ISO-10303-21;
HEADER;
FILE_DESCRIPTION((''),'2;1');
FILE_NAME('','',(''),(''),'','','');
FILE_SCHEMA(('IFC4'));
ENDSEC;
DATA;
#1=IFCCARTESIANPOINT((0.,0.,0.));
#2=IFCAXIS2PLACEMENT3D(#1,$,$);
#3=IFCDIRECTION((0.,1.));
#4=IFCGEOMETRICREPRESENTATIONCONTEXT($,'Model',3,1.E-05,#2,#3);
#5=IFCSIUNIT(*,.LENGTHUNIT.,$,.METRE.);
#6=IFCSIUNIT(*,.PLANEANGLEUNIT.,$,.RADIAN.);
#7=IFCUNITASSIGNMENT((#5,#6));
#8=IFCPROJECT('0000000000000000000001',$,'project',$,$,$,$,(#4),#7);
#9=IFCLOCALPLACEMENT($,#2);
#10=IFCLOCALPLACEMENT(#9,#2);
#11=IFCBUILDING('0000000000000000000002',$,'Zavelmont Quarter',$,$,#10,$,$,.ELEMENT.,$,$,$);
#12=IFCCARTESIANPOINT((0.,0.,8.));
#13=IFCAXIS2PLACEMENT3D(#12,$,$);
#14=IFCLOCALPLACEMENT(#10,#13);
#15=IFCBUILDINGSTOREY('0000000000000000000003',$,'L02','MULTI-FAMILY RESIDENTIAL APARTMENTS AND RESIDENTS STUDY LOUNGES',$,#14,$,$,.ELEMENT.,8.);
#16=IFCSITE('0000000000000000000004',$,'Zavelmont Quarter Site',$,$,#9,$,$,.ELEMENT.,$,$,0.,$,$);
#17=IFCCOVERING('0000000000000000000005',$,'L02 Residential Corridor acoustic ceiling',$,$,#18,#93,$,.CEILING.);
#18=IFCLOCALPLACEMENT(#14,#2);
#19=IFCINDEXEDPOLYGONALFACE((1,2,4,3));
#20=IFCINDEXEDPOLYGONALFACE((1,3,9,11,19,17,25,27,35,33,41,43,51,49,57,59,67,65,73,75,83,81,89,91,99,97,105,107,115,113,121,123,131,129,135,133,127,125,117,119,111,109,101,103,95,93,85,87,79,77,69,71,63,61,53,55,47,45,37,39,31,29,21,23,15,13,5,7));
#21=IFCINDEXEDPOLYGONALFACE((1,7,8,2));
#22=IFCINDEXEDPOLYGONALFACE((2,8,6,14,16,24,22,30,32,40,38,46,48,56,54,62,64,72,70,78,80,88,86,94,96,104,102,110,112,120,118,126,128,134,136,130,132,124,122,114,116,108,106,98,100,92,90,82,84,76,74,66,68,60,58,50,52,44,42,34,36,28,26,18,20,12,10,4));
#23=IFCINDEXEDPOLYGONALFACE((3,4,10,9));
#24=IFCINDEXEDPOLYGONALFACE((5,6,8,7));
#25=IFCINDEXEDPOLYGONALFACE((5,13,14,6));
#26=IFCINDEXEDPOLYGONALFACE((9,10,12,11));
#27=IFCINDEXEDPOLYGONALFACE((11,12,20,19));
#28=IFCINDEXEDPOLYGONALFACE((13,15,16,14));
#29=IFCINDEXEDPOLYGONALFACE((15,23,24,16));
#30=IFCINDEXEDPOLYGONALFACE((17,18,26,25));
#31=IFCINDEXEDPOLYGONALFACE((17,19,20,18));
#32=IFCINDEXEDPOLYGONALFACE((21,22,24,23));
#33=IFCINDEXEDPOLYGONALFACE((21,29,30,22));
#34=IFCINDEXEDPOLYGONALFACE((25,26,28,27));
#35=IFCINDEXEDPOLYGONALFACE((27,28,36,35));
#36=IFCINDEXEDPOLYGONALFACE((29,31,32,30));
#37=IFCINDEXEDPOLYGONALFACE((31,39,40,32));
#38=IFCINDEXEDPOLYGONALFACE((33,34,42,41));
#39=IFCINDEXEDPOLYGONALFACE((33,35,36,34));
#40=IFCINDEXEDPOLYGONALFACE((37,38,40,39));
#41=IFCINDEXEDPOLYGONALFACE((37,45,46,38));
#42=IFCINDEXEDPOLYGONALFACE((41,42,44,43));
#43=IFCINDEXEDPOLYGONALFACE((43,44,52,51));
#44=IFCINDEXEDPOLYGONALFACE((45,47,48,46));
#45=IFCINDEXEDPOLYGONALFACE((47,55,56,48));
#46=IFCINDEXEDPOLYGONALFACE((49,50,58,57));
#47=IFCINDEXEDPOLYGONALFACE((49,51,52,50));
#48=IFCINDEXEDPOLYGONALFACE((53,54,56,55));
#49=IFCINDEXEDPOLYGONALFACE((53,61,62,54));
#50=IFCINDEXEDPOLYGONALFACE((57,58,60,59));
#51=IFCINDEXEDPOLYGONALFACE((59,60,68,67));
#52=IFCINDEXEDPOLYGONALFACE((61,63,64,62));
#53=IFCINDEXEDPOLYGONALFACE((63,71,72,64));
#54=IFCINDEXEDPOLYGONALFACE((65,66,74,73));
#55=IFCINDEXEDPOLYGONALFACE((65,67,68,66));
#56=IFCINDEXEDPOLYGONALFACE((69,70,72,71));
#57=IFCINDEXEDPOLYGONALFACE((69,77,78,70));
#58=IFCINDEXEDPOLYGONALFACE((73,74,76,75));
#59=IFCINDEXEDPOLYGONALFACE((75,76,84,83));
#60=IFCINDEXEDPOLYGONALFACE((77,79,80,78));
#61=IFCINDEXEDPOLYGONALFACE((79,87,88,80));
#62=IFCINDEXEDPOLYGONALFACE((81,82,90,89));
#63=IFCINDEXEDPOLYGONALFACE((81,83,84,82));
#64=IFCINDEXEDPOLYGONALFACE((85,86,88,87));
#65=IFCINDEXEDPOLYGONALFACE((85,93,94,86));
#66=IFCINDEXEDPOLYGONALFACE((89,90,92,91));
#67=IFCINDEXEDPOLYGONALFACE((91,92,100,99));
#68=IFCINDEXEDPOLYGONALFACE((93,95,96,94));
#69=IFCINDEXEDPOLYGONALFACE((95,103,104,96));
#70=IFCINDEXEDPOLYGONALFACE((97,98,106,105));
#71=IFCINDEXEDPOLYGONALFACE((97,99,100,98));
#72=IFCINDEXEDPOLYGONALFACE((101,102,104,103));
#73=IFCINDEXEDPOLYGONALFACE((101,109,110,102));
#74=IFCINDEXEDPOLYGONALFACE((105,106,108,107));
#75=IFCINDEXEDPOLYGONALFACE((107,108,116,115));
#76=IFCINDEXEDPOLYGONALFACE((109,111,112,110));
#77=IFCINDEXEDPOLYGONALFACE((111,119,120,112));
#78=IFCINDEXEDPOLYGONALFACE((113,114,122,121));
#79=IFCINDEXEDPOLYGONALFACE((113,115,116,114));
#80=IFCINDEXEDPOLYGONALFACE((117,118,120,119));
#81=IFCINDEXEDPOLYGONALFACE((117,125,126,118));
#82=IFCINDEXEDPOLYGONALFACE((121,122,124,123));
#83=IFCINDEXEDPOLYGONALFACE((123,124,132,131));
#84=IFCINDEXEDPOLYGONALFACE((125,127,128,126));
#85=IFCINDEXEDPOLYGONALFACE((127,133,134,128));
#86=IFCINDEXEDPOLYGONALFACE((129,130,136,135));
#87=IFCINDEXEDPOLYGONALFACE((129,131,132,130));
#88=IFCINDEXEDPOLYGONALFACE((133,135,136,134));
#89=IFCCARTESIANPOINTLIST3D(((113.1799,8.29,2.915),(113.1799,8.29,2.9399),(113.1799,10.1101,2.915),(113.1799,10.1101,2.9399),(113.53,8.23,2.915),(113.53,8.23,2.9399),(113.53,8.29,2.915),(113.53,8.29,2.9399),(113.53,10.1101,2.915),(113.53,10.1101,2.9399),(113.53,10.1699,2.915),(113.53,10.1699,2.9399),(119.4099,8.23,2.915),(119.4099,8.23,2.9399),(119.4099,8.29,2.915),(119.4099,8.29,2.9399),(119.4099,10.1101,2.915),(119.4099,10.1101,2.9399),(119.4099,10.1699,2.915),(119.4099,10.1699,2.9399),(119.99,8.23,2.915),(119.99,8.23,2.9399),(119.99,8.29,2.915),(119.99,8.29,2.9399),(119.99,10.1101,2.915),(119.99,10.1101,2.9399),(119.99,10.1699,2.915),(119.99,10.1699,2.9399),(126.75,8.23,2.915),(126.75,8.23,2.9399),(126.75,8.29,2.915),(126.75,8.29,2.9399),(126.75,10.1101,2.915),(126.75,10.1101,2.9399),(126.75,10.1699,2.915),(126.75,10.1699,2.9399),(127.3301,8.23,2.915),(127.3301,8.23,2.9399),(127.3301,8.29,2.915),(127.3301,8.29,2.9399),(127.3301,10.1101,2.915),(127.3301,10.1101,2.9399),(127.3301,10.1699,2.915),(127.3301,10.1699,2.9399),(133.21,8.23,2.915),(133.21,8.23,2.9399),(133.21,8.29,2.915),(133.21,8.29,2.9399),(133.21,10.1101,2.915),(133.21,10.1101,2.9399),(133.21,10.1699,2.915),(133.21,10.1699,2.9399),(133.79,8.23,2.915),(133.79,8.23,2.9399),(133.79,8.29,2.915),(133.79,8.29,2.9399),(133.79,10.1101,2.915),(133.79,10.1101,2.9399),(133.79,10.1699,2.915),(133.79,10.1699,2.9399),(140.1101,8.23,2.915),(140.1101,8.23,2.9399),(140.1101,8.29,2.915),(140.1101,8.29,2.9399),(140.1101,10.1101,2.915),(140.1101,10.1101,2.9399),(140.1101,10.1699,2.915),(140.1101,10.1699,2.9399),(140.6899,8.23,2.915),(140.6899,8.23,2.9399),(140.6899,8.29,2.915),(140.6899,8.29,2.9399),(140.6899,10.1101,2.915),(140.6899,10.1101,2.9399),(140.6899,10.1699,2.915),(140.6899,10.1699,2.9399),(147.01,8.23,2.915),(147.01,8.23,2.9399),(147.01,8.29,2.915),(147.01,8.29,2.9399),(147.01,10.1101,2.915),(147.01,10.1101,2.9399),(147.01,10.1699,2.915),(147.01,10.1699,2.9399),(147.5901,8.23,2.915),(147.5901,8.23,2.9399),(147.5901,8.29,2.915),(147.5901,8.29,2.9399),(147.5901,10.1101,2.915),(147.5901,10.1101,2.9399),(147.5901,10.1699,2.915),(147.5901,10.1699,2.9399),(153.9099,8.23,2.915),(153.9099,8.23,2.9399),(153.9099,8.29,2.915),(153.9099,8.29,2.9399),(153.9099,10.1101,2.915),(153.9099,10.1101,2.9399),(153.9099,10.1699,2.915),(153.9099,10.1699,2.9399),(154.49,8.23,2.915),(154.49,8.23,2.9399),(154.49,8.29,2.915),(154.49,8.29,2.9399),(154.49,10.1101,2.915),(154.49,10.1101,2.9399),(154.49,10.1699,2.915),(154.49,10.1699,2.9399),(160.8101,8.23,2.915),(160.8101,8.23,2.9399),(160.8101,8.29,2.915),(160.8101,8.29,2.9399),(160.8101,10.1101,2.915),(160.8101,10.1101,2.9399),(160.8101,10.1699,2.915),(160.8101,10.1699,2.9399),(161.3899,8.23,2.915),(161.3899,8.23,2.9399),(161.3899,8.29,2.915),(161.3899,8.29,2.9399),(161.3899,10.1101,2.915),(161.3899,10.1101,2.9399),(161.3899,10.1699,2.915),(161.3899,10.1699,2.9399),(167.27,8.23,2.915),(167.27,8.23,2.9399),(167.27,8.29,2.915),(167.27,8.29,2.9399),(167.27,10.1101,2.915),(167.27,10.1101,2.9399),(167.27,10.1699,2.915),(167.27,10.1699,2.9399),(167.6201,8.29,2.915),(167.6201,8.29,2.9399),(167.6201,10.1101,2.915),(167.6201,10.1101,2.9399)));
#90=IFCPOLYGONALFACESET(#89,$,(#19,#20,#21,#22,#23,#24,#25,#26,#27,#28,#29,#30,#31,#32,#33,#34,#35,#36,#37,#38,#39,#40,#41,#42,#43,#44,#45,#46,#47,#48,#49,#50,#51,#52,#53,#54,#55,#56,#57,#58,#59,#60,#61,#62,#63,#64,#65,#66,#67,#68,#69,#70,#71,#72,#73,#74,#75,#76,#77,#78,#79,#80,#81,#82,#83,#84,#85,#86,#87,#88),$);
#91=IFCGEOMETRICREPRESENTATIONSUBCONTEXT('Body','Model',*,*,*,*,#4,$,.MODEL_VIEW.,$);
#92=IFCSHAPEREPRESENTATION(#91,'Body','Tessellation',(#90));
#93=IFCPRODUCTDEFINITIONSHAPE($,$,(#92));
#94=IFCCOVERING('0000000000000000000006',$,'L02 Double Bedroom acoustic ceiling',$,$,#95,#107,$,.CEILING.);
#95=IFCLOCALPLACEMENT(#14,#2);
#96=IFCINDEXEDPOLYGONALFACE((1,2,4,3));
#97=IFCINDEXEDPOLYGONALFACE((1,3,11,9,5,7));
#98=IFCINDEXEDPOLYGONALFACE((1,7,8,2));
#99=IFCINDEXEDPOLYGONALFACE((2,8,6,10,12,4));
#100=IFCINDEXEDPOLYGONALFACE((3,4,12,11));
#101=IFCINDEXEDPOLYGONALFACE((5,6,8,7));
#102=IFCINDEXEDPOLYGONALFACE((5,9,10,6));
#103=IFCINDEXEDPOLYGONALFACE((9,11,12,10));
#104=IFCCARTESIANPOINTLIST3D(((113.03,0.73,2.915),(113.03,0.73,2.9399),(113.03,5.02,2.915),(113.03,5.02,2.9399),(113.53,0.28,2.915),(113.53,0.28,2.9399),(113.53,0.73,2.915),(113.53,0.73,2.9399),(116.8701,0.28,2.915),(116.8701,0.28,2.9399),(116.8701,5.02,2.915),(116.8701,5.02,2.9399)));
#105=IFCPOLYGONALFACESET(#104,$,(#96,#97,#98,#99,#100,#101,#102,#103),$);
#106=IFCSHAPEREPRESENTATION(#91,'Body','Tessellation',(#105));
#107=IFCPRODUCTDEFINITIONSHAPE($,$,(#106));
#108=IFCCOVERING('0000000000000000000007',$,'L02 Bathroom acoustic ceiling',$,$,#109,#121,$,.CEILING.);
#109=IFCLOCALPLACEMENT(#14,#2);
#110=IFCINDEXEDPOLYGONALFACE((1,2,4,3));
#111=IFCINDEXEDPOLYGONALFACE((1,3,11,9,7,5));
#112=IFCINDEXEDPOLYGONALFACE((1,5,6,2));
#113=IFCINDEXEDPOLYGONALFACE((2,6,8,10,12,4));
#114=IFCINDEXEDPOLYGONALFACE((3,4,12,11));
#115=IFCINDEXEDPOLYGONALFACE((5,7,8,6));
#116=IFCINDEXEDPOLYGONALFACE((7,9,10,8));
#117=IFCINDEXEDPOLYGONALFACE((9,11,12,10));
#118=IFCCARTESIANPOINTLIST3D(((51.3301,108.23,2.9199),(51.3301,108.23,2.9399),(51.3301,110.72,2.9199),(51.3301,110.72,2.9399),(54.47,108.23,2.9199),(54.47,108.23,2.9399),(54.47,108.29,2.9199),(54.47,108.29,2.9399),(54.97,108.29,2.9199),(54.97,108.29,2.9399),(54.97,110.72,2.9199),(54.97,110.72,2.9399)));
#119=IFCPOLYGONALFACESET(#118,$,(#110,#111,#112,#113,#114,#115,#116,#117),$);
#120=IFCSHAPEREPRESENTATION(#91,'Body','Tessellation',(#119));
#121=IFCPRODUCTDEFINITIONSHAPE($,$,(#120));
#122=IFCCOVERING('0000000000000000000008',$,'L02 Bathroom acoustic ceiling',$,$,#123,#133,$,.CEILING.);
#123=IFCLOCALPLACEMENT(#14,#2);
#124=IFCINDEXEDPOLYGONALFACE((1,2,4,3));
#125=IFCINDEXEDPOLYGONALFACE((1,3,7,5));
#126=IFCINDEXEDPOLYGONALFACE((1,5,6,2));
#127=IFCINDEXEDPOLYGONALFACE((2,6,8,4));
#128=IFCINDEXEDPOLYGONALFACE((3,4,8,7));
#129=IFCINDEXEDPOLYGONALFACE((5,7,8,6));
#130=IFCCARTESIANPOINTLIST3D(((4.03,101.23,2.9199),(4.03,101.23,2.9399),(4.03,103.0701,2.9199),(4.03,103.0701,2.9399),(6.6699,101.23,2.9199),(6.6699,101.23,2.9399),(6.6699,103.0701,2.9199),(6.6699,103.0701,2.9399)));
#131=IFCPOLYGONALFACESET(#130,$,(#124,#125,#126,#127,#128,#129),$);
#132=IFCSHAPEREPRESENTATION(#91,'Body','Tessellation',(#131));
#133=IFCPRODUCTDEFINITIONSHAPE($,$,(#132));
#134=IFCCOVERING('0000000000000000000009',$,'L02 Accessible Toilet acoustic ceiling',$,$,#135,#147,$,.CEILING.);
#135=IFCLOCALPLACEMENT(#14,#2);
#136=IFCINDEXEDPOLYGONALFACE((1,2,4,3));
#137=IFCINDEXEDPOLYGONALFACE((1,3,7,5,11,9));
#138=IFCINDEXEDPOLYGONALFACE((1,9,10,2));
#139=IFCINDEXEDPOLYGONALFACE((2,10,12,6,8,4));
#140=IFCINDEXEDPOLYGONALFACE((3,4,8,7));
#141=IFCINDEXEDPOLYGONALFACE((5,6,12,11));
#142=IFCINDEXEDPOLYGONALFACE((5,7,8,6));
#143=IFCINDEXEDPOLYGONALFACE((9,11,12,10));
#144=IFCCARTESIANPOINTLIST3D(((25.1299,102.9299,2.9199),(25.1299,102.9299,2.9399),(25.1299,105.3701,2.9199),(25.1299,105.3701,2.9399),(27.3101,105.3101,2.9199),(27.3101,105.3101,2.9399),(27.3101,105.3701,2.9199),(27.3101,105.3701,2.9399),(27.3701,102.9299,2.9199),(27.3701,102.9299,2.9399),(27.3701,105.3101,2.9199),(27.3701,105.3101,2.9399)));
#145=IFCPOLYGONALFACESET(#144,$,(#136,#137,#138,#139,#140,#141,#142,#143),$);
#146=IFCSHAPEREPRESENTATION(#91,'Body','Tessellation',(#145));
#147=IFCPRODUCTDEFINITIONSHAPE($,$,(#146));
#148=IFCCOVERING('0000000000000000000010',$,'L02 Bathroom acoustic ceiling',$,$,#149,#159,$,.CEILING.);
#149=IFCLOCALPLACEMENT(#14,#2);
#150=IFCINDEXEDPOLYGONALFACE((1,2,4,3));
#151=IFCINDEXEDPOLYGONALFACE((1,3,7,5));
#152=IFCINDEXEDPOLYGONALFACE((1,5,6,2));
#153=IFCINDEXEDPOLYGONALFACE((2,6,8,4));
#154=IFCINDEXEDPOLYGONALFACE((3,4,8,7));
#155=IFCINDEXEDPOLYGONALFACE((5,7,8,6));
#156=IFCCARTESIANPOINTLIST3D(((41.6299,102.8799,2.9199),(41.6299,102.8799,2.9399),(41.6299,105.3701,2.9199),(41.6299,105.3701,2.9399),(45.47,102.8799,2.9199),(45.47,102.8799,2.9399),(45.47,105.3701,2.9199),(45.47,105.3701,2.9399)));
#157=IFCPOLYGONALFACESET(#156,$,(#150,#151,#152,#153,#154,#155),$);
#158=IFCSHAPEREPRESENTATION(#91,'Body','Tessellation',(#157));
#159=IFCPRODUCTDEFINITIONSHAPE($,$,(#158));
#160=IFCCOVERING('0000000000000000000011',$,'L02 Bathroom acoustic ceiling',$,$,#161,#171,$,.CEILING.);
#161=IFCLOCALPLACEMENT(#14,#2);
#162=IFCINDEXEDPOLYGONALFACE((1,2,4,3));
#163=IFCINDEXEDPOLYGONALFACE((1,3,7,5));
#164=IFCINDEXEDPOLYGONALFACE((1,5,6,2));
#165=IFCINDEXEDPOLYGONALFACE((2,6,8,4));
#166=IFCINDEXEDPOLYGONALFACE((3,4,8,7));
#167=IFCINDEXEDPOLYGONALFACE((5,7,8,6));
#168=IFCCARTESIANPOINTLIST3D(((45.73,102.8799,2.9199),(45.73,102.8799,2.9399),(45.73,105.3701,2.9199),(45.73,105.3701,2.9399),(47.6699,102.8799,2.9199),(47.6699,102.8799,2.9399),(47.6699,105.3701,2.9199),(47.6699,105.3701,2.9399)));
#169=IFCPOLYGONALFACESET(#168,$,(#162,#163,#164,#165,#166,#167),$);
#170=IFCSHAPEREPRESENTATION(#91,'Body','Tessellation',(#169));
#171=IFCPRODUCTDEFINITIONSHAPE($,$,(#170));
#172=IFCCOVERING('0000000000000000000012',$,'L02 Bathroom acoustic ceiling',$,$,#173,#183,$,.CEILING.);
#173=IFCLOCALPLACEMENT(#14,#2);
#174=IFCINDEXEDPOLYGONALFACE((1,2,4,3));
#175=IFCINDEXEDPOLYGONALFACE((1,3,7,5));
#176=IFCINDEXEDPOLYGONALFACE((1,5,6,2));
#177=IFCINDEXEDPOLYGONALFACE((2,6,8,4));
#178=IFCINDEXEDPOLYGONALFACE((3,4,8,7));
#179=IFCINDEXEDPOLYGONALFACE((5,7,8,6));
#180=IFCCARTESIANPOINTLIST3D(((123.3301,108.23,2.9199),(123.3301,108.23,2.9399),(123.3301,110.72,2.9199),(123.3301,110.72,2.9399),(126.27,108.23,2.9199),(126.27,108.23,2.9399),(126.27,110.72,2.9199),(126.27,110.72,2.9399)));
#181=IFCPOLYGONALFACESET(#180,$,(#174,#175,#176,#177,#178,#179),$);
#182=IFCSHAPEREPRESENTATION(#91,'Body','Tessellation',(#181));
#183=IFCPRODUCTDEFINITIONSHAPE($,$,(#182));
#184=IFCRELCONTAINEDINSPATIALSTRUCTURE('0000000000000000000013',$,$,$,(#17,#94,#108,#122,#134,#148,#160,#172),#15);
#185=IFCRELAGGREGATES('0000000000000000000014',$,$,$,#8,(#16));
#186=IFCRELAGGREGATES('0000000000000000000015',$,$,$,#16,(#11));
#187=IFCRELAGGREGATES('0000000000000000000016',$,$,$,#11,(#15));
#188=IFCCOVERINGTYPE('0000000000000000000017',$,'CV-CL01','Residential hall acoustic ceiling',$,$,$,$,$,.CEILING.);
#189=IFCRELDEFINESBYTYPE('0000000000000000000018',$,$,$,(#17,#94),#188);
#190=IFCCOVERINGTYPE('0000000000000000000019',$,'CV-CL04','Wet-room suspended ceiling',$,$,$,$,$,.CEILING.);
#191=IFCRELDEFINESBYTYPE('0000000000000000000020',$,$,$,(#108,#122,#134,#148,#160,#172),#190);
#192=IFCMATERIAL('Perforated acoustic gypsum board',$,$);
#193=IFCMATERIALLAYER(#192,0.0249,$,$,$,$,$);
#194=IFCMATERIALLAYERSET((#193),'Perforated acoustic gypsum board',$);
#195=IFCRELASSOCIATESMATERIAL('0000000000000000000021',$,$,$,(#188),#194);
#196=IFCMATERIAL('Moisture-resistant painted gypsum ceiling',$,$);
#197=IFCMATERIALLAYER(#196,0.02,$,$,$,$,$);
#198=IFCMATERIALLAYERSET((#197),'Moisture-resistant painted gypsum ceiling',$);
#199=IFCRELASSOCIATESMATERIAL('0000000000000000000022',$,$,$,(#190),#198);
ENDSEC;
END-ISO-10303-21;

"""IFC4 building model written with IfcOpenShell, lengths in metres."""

from ifc_helpers import new_model, si_unit, direction, frame, origin, place, context, subcontext, project, spatial, polyline, outline, extrude, material, layer, layer_set, type_object, element, save


model = new_model("IFC4")

# Units and contexts
model_context = context("Model", 3, precision=1e-05, world=origin(), true_north=direction((0.0, 1.0)))
body_context = subcontext(model_context, "Body", "Model", "MODEL_VIEW")
ifc_project = project(units=[si_unit("LENGTHUNIT", "METRE"), si_unit("PLANEANGLEUNIT", "RADIAN")], contexts=[model_context])

# Site, building, storey
site_placement = place(None, origin())
site = spatial("IfcSite", under=ifc_project, at=site_placement, Name="Zavelmont Quarter Site", CompositionType="ELEMENT", RefElevation=0.0)
building_placement = place(site_placement, origin())
building = spatial("IfcBuilding", under=site, at=building_placement, Name="Zavelmont Quarter", CompositionType="ELEMENT")
storey_placement = place(building_placement, frame((0.0, 0.0, 8.0)))
storey = spatial("IfcBuildingStorey", under=building, at=storey_placement, Name="L02", Description="MULTI-FAMILY RESIDENTIAL APARTMENTS AND RESIDENTS STUDY LOUNGES", CompositionType="ELEMENT", Elevation=8.0)

# Coverings
ifc_material_1 = material(Name="Perforated acoustic gypsum board")
ifc_layer_1 = layer(ifc_material_1, 0.0249)
ifc_layer_set_1 = layer_set([ifc_layer_1], Name="Perforated acoustic gypsum board")
covering_type_1 = type_object("IfcCoveringType", Name="CV-CL01", Description="Residential hall acoustic ceiling", PredefinedType="CEILING", material=ifc_layer_set_1)
covering_1_placement = place(storey_placement, frame((0.0, 0.0, 2.915)))
element("IfcCovering", 1, at=covering_1_placement, inside=storey, type_object=covering_type_1, Name="L02 Residential Corridor acoustic ceiling", PredefinedType="CEILING", context=body_context, shape_type="SweptSolid", body=[
    extrude(outline(polyline([(113.1799, 10.1101), (113.53, 10.1101), (113.53, 10.1699), (119.4099, 10.1699), (119.4099, 10.1101), (119.99, 10.1101), (119.99, 10.1699), (126.75, 10.1699), (126.75, 10.1101), (127.3301, 10.1101), (127.3301, 10.1699), (133.21, 10.1699), (133.21, 10.1101), (133.79, 10.1101), (133.79, 10.1699), (140.1101, 10.1699), (140.1101, 10.1101), (140.6899, 10.1101), (140.6899, 10.1699), (147.01, 10.1699), (147.01, 10.1101), (147.5901, 10.1101), (147.5901, 10.1699), (153.9099, 10.1699), (153.9099, 10.1101), (154.49, 10.1101), (154.49, 10.1699), (160.8101, 10.1699), (160.8101, 10.1101), (161.3899, 10.1101), (161.3899, 10.1699), (167.27, 10.1699), (167.27, 10.1101), (167.6201, 10.1101), (167.6201, 8.29), (167.27, 8.29), (167.27, 8.23), (161.3899, 8.23), (161.3899, 8.29), (160.8101, 8.29), (160.8101, 8.23), (154.49, 8.23), (154.49, 8.29), (153.9099, 8.29), (153.9099, 8.23), (147.5901, 8.23), (147.5901, 8.29), (147.01, 8.29), (147.01, 8.23), (140.6899, 8.23), (140.6899, 8.29), (140.1101, 8.29), (140.1101, 8.23), (133.79, 8.23), (133.79, 8.29), (133.21, 8.29), (133.21, 8.23), (127.3301, 8.23), (127.3301, 8.29), (126.75, 8.29), (126.75, 8.23), (119.99, 8.23), (119.99, 8.29), (119.4099, 8.29), (119.4099, 8.23), (113.53, 8.23), (113.53, 8.29), (113.1799, 8.29), (113.1799, 10.1101)])), origin(), (0.0, 0.0, 1.0), 0.0249),
])
covering_2_placement = place(storey_placement, frame((0.0, 0.0, 2.915)))
element("IfcCovering", 2, at=covering_2_placement, inside=storey, type_object=covering_type_1, Name="L02 Double Bedroom acoustic ceiling", PredefinedType="CEILING", context=body_context, shape_type="SweptSolid", body=[
    extrude(outline(polyline([(113.03, 5.02), (116.8701, 5.02), (116.8701, 0.28), (113.53, 0.28), (113.53, 0.73), (113.03, 0.73), (113.03, 5.02)])), origin(), (0.0, 0.0, 1.0), 0.0249),
])
ifc_material_2 = material(Name="Moisture-resistant painted gypsum ceiling")
ifc_layer_2 = layer(ifc_material_2, 0.02)
ifc_layer_set_2 = layer_set([ifc_layer_2], Name="Moisture-resistant painted gypsum ceiling")
covering_type_2 = type_object("IfcCoveringType", Name="CV-CL04", Description="Wet-room suspended ceiling", PredefinedType="CEILING", material=ifc_layer_set_2)
covering_3_placement = place(storey_placement, frame((0.0, 0.0, 2.9199)))
element("IfcCovering", 3, at=covering_3_placement, inside=storey, type_object=covering_type_2, Name="L02 Bathroom acoustic ceiling", PredefinedType="CEILING", context=body_context, shape_type="SweptSolid", body=[
    extrude(outline(polyline([(51.3301, 110.72), (54.97, 110.72), (54.97, 108.29), (54.47, 108.29), (54.47, 108.23), (51.3301, 108.23), (51.3301, 110.72)])), origin(), (0.0, 0.0, 1.0), 0.02),
])
covering_4_placement = place(storey_placement, frame((0.0, 0.0, 2.9199)))
element("IfcCovering", 4, at=covering_4_placement, inside=storey, type_object=covering_type_2, Name="L02 Bathroom acoustic ceiling", PredefinedType="CEILING", context=body_context, shape_type="SweptSolid", body=[
    extrude(outline(polyline([(4.03, 103.0701), (6.6699, 103.0701), (6.6699, 101.23), (4.03, 101.23), (4.03, 103.0701)])), origin(), (0.0, 0.0, 1.0), 0.02),
])
covering_5_placement = place(storey_placement, frame((0.0, 0.0, 2.9199)))
element("IfcCovering", 5, at=covering_5_placement, inside=storey, type_object=covering_type_2, Name="L02 Accessible Toilet acoustic ceiling", PredefinedType="CEILING", context=body_context, shape_type="SweptSolid", body=[
    extrude(outline(polyline([(25.1299, 105.3701), (27.3101, 105.3701), (27.3101, 105.3101), (27.3701, 105.3101), (27.3701, 102.9299), (25.1299, 102.9299), (25.1299, 105.3701)])), origin(), (0.0, 0.0, 1.0), 0.02),
])
covering_6_placement = place(storey_placement, frame((0.0, 0.0, 2.9199)))
element("IfcCovering", 6, at=covering_6_placement, inside=storey, type_object=covering_type_2, Name="L02 Bathroom acoustic ceiling", PredefinedType="CEILING", context=body_context, shape_type="SweptSolid", body=[
    extrude(outline(polyline([(41.6299, 105.3701), (45.47, 105.3701), (45.47, 102.8799), (41.6299, 102.8799), (41.6299, 105.3701)])), origin(), (0.0, 0.0, 1.0), 0.02),
])
covering_7_placement = place(storey_placement, frame((0.0, 0.0, 2.9199)))
element("IfcCovering", 7, at=covering_7_placement, inside=storey, type_object=covering_type_2, Name="L02 Bathroom acoustic ceiling", PredefinedType="CEILING", context=body_context, shape_type="SweptSolid", body=[
    extrude(outline(polyline([(45.73, 105.3701), (47.6699, 105.3701), (47.6699, 102.8799), (45.73, 102.8799), (45.73, 105.3701)])), origin(), (0.0, 0.0, 1.0), 0.02),
])
covering_8_placement = place(storey_placement, frame((0.0, 0.0, 2.9199)))
element("IfcCovering", 8, at=covering_8_placement, inside=storey, type_object=covering_type_2, Name="L02 Bathroom acoustic ceiling", PredefinedType="CEILING", context=body_context, shape_type="SweptSolid", body=[
    extrude(outline(polyline([(123.3301, 110.72), (126.27, 110.72), (126.27, 108.23), (123.3301, 108.23), (123.3301, 110.72)])), origin(), (0.0, 0.0, 1.0), 0.02),
])

save(model, "model.ifc")
